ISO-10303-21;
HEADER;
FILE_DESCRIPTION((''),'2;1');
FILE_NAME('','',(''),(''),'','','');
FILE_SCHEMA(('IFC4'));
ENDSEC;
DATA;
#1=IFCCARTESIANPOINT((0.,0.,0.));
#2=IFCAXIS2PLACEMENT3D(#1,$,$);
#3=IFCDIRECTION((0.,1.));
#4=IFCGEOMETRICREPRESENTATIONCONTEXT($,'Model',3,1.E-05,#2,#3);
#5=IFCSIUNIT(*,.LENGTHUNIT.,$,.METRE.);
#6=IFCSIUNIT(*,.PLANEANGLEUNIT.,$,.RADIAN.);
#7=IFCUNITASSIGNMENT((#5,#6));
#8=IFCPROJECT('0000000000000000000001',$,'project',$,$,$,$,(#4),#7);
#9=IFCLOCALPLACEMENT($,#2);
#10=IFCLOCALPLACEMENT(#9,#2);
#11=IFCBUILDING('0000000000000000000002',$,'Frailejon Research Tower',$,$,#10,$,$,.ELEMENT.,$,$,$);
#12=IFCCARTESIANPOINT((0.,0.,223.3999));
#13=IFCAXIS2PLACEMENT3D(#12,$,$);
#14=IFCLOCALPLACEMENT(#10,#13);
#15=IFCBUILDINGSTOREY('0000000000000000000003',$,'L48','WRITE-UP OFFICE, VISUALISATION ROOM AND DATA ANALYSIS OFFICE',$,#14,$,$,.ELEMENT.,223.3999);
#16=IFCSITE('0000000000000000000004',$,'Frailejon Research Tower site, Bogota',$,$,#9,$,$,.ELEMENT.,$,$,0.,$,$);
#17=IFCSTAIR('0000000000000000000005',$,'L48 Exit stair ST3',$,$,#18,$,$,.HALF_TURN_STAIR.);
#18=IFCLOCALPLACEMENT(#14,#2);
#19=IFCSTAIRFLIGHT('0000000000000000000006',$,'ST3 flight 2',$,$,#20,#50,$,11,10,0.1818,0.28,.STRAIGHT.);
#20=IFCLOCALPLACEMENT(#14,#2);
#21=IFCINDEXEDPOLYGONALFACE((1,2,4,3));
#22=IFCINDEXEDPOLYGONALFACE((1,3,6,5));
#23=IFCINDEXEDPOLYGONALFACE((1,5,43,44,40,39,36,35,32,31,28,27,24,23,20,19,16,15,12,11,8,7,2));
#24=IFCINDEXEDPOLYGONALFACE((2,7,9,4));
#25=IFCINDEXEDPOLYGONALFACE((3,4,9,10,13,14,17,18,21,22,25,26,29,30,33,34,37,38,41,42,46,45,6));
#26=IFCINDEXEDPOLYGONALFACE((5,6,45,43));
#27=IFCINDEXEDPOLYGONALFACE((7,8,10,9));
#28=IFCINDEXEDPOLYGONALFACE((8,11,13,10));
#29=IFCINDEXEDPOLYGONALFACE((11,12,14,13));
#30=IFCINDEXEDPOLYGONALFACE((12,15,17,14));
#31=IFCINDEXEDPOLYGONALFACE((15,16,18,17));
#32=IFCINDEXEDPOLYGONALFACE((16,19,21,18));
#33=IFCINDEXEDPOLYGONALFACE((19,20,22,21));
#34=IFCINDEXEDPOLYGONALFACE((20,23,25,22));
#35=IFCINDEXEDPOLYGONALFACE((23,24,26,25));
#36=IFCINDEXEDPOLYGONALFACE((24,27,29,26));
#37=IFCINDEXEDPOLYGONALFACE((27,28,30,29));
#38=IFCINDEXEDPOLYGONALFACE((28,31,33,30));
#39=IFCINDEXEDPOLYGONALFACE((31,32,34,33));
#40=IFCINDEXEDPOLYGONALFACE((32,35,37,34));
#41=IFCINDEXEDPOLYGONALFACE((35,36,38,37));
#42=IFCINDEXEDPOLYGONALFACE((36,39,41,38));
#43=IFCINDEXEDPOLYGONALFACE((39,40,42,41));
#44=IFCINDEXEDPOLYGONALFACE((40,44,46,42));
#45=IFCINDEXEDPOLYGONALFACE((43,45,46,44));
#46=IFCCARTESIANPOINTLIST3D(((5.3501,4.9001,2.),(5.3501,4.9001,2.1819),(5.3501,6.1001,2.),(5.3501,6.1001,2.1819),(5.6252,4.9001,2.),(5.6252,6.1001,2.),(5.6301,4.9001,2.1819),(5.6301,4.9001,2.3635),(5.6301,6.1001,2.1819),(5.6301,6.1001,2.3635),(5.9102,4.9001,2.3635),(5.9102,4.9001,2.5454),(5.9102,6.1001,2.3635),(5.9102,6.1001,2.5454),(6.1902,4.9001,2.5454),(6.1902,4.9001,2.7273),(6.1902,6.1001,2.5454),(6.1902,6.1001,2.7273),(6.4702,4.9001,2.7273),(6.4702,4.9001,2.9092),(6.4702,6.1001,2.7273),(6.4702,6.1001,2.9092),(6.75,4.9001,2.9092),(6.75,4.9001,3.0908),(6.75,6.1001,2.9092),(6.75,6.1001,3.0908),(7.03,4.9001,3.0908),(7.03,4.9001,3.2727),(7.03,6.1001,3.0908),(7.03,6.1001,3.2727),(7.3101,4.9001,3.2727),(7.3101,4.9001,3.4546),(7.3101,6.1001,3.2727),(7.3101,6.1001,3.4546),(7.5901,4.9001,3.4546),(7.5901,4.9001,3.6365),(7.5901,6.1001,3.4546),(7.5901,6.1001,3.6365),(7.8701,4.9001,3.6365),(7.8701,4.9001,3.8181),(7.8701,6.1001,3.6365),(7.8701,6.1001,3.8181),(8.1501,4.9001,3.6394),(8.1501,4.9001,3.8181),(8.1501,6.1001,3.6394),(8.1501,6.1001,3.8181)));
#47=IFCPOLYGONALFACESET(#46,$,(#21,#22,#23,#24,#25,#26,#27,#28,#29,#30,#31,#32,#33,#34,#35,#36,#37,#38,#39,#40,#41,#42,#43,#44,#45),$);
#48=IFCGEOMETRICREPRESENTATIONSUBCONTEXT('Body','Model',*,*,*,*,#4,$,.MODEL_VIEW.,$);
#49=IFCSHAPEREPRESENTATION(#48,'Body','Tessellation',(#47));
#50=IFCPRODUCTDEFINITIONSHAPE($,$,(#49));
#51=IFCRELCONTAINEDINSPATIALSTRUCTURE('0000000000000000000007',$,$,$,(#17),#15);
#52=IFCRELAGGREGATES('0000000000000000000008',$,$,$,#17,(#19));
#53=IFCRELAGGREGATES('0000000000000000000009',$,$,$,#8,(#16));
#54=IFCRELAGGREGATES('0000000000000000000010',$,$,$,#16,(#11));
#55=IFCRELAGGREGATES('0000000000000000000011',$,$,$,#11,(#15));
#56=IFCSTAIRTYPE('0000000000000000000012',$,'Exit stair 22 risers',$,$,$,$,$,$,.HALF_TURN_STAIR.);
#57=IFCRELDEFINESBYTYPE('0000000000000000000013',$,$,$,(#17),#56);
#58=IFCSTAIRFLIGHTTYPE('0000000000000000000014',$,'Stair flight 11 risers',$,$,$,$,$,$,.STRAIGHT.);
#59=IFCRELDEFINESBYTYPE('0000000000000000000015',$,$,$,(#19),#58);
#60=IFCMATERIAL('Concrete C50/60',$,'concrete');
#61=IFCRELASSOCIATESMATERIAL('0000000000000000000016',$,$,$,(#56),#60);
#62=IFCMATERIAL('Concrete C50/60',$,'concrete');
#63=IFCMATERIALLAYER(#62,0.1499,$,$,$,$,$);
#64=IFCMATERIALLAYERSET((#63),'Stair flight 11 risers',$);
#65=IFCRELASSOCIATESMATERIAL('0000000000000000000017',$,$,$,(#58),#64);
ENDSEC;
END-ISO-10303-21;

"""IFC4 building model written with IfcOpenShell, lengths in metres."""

from ifc_helpers import new_model, si_unit, direction, frame, origin, place, context, subcontext, project, spatial, polyline, outline, extrude, material, layer, layer_set, type_object, element, aggregate, save


model = new_model("IFC4")

# Units and contexts
model_context = context("Model", 3, precision=1e-05, world=origin(), true_north=direction((0.0, 1.0)))
body_context = subcontext(model_context, "Body", "Model", "MODEL_VIEW")
ifc_project = project(units=[si_unit("LENGTHUNIT", "METRE"), si_unit("PLANEANGLEUNIT", "RADIAN")], contexts=[model_context])

# Site, building, storey
site_placement = place(None, origin())
site = spatial("IfcSite", under=ifc_project, at=site_placement, Name="Frailejon Research Tower site, Bogota", CompositionType="ELEMENT", RefElevation=0.0)
building_placement = place(site_placement, origin())
building = spatial("IfcBuilding", under=site, at=building_placement, Name="Frailejon Research Tower", CompositionType="ELEMENT")
storey_placement = place(building_placement, frame((0.0, 0.0, 223.3999)))
storey = spatial("IfcBuildingStorey", under=building, at=storey_placement, Name="L48", Description="WRITE-UP OFFICE, VISUALISATION ROOM AND DATA ANALYSIS OFFICE", CompositionType="ELEMENT", Elevation=223.3999)

# Stair
ifc_material_1 = material(Name="Concrete C50/60", Category="concrete")
stair_type = type_object("IfcStairType", Name="Exit stair 22 risers", PredefinedType="HALF_TURN_STAIR", material=ifc_material_1)
stair_1_placement = place(storey_placement, origin())
stair_1 = element("IfcStair", 1, at=stair_1_placement, inside=storey, type_object=stair_type, Name="L48 Exit stair ST3", PredefinedType="HALF_TURN_STAIR")

# Stair flight
ifc_material_2 = material(Name="Concrete C50/60", Category="concrete")
ifc_layer_1 = layer(ifc_material_2, 0.1499)
ifc_layer_set_1 = layer_set([ifc_layer_1], Name="Stair flight 11 risers")
stair_flight_type = type_object("IfcStairFlightType", Name="Stair flight 11 risers", PredefinedType="STRAIGHT", material=ifc_layer_set_1)
stair_flight_1_placement = place(storey_placement, frame((5.3501, 5.5, 2.0), z_axis=(0.0, 0.0, 1.0), x_axis=(1.0, 0.0, 0.0)))
stair_flight_1 = element("IfcStairFlight", 2, at=stair_flight_1_placement, type_object=stair_flight_type, Name="ST3 flight 2", NumberOfRisers=11, NumberOfTreads=10, PredefinedType="STRAIGHT", RiserHeight=0.1818, TreadLength=0.28, context=body_context, shape_type="SweptSolid", body=[
    extrude(outline(polyline([(0.0, 0.0), (0.0, 0.1819), (0.28, 0.1819), (0.28, 0.3635), (0.5601, 0.3635), (0.5601, 0.5454), (0.8401, 0.5454), (0.8401, 0.7273), (1.1201, 0.7273), (1.1201, 0.9092), (1.3999, 0.9092), (1.3999, 1.0908), (1.6799, 1.0908), (1.6799, 1.2727), (1.96, 1.2727), (1.96, 1.4546), (2.24, 1.4546), (2.24, 1.6365), (2.52, 1.6365), (2.52, 1.8181), (2.8, 1.8181), (2.8, 2.0), (2.8, 1.6394), (0.2751, 0.0), (0.0, 0.0)])), frame((0.0, 0.6001, 0.0), z_axis=(0.0, -1.0, 0.0), x_axis=(1.0, 0.0, 0.0)), (0.0, 0.0, 1.0), 1.2),
])
aggregate(stair_1, [stair_flight_1])

save(model, "model.ifc")
